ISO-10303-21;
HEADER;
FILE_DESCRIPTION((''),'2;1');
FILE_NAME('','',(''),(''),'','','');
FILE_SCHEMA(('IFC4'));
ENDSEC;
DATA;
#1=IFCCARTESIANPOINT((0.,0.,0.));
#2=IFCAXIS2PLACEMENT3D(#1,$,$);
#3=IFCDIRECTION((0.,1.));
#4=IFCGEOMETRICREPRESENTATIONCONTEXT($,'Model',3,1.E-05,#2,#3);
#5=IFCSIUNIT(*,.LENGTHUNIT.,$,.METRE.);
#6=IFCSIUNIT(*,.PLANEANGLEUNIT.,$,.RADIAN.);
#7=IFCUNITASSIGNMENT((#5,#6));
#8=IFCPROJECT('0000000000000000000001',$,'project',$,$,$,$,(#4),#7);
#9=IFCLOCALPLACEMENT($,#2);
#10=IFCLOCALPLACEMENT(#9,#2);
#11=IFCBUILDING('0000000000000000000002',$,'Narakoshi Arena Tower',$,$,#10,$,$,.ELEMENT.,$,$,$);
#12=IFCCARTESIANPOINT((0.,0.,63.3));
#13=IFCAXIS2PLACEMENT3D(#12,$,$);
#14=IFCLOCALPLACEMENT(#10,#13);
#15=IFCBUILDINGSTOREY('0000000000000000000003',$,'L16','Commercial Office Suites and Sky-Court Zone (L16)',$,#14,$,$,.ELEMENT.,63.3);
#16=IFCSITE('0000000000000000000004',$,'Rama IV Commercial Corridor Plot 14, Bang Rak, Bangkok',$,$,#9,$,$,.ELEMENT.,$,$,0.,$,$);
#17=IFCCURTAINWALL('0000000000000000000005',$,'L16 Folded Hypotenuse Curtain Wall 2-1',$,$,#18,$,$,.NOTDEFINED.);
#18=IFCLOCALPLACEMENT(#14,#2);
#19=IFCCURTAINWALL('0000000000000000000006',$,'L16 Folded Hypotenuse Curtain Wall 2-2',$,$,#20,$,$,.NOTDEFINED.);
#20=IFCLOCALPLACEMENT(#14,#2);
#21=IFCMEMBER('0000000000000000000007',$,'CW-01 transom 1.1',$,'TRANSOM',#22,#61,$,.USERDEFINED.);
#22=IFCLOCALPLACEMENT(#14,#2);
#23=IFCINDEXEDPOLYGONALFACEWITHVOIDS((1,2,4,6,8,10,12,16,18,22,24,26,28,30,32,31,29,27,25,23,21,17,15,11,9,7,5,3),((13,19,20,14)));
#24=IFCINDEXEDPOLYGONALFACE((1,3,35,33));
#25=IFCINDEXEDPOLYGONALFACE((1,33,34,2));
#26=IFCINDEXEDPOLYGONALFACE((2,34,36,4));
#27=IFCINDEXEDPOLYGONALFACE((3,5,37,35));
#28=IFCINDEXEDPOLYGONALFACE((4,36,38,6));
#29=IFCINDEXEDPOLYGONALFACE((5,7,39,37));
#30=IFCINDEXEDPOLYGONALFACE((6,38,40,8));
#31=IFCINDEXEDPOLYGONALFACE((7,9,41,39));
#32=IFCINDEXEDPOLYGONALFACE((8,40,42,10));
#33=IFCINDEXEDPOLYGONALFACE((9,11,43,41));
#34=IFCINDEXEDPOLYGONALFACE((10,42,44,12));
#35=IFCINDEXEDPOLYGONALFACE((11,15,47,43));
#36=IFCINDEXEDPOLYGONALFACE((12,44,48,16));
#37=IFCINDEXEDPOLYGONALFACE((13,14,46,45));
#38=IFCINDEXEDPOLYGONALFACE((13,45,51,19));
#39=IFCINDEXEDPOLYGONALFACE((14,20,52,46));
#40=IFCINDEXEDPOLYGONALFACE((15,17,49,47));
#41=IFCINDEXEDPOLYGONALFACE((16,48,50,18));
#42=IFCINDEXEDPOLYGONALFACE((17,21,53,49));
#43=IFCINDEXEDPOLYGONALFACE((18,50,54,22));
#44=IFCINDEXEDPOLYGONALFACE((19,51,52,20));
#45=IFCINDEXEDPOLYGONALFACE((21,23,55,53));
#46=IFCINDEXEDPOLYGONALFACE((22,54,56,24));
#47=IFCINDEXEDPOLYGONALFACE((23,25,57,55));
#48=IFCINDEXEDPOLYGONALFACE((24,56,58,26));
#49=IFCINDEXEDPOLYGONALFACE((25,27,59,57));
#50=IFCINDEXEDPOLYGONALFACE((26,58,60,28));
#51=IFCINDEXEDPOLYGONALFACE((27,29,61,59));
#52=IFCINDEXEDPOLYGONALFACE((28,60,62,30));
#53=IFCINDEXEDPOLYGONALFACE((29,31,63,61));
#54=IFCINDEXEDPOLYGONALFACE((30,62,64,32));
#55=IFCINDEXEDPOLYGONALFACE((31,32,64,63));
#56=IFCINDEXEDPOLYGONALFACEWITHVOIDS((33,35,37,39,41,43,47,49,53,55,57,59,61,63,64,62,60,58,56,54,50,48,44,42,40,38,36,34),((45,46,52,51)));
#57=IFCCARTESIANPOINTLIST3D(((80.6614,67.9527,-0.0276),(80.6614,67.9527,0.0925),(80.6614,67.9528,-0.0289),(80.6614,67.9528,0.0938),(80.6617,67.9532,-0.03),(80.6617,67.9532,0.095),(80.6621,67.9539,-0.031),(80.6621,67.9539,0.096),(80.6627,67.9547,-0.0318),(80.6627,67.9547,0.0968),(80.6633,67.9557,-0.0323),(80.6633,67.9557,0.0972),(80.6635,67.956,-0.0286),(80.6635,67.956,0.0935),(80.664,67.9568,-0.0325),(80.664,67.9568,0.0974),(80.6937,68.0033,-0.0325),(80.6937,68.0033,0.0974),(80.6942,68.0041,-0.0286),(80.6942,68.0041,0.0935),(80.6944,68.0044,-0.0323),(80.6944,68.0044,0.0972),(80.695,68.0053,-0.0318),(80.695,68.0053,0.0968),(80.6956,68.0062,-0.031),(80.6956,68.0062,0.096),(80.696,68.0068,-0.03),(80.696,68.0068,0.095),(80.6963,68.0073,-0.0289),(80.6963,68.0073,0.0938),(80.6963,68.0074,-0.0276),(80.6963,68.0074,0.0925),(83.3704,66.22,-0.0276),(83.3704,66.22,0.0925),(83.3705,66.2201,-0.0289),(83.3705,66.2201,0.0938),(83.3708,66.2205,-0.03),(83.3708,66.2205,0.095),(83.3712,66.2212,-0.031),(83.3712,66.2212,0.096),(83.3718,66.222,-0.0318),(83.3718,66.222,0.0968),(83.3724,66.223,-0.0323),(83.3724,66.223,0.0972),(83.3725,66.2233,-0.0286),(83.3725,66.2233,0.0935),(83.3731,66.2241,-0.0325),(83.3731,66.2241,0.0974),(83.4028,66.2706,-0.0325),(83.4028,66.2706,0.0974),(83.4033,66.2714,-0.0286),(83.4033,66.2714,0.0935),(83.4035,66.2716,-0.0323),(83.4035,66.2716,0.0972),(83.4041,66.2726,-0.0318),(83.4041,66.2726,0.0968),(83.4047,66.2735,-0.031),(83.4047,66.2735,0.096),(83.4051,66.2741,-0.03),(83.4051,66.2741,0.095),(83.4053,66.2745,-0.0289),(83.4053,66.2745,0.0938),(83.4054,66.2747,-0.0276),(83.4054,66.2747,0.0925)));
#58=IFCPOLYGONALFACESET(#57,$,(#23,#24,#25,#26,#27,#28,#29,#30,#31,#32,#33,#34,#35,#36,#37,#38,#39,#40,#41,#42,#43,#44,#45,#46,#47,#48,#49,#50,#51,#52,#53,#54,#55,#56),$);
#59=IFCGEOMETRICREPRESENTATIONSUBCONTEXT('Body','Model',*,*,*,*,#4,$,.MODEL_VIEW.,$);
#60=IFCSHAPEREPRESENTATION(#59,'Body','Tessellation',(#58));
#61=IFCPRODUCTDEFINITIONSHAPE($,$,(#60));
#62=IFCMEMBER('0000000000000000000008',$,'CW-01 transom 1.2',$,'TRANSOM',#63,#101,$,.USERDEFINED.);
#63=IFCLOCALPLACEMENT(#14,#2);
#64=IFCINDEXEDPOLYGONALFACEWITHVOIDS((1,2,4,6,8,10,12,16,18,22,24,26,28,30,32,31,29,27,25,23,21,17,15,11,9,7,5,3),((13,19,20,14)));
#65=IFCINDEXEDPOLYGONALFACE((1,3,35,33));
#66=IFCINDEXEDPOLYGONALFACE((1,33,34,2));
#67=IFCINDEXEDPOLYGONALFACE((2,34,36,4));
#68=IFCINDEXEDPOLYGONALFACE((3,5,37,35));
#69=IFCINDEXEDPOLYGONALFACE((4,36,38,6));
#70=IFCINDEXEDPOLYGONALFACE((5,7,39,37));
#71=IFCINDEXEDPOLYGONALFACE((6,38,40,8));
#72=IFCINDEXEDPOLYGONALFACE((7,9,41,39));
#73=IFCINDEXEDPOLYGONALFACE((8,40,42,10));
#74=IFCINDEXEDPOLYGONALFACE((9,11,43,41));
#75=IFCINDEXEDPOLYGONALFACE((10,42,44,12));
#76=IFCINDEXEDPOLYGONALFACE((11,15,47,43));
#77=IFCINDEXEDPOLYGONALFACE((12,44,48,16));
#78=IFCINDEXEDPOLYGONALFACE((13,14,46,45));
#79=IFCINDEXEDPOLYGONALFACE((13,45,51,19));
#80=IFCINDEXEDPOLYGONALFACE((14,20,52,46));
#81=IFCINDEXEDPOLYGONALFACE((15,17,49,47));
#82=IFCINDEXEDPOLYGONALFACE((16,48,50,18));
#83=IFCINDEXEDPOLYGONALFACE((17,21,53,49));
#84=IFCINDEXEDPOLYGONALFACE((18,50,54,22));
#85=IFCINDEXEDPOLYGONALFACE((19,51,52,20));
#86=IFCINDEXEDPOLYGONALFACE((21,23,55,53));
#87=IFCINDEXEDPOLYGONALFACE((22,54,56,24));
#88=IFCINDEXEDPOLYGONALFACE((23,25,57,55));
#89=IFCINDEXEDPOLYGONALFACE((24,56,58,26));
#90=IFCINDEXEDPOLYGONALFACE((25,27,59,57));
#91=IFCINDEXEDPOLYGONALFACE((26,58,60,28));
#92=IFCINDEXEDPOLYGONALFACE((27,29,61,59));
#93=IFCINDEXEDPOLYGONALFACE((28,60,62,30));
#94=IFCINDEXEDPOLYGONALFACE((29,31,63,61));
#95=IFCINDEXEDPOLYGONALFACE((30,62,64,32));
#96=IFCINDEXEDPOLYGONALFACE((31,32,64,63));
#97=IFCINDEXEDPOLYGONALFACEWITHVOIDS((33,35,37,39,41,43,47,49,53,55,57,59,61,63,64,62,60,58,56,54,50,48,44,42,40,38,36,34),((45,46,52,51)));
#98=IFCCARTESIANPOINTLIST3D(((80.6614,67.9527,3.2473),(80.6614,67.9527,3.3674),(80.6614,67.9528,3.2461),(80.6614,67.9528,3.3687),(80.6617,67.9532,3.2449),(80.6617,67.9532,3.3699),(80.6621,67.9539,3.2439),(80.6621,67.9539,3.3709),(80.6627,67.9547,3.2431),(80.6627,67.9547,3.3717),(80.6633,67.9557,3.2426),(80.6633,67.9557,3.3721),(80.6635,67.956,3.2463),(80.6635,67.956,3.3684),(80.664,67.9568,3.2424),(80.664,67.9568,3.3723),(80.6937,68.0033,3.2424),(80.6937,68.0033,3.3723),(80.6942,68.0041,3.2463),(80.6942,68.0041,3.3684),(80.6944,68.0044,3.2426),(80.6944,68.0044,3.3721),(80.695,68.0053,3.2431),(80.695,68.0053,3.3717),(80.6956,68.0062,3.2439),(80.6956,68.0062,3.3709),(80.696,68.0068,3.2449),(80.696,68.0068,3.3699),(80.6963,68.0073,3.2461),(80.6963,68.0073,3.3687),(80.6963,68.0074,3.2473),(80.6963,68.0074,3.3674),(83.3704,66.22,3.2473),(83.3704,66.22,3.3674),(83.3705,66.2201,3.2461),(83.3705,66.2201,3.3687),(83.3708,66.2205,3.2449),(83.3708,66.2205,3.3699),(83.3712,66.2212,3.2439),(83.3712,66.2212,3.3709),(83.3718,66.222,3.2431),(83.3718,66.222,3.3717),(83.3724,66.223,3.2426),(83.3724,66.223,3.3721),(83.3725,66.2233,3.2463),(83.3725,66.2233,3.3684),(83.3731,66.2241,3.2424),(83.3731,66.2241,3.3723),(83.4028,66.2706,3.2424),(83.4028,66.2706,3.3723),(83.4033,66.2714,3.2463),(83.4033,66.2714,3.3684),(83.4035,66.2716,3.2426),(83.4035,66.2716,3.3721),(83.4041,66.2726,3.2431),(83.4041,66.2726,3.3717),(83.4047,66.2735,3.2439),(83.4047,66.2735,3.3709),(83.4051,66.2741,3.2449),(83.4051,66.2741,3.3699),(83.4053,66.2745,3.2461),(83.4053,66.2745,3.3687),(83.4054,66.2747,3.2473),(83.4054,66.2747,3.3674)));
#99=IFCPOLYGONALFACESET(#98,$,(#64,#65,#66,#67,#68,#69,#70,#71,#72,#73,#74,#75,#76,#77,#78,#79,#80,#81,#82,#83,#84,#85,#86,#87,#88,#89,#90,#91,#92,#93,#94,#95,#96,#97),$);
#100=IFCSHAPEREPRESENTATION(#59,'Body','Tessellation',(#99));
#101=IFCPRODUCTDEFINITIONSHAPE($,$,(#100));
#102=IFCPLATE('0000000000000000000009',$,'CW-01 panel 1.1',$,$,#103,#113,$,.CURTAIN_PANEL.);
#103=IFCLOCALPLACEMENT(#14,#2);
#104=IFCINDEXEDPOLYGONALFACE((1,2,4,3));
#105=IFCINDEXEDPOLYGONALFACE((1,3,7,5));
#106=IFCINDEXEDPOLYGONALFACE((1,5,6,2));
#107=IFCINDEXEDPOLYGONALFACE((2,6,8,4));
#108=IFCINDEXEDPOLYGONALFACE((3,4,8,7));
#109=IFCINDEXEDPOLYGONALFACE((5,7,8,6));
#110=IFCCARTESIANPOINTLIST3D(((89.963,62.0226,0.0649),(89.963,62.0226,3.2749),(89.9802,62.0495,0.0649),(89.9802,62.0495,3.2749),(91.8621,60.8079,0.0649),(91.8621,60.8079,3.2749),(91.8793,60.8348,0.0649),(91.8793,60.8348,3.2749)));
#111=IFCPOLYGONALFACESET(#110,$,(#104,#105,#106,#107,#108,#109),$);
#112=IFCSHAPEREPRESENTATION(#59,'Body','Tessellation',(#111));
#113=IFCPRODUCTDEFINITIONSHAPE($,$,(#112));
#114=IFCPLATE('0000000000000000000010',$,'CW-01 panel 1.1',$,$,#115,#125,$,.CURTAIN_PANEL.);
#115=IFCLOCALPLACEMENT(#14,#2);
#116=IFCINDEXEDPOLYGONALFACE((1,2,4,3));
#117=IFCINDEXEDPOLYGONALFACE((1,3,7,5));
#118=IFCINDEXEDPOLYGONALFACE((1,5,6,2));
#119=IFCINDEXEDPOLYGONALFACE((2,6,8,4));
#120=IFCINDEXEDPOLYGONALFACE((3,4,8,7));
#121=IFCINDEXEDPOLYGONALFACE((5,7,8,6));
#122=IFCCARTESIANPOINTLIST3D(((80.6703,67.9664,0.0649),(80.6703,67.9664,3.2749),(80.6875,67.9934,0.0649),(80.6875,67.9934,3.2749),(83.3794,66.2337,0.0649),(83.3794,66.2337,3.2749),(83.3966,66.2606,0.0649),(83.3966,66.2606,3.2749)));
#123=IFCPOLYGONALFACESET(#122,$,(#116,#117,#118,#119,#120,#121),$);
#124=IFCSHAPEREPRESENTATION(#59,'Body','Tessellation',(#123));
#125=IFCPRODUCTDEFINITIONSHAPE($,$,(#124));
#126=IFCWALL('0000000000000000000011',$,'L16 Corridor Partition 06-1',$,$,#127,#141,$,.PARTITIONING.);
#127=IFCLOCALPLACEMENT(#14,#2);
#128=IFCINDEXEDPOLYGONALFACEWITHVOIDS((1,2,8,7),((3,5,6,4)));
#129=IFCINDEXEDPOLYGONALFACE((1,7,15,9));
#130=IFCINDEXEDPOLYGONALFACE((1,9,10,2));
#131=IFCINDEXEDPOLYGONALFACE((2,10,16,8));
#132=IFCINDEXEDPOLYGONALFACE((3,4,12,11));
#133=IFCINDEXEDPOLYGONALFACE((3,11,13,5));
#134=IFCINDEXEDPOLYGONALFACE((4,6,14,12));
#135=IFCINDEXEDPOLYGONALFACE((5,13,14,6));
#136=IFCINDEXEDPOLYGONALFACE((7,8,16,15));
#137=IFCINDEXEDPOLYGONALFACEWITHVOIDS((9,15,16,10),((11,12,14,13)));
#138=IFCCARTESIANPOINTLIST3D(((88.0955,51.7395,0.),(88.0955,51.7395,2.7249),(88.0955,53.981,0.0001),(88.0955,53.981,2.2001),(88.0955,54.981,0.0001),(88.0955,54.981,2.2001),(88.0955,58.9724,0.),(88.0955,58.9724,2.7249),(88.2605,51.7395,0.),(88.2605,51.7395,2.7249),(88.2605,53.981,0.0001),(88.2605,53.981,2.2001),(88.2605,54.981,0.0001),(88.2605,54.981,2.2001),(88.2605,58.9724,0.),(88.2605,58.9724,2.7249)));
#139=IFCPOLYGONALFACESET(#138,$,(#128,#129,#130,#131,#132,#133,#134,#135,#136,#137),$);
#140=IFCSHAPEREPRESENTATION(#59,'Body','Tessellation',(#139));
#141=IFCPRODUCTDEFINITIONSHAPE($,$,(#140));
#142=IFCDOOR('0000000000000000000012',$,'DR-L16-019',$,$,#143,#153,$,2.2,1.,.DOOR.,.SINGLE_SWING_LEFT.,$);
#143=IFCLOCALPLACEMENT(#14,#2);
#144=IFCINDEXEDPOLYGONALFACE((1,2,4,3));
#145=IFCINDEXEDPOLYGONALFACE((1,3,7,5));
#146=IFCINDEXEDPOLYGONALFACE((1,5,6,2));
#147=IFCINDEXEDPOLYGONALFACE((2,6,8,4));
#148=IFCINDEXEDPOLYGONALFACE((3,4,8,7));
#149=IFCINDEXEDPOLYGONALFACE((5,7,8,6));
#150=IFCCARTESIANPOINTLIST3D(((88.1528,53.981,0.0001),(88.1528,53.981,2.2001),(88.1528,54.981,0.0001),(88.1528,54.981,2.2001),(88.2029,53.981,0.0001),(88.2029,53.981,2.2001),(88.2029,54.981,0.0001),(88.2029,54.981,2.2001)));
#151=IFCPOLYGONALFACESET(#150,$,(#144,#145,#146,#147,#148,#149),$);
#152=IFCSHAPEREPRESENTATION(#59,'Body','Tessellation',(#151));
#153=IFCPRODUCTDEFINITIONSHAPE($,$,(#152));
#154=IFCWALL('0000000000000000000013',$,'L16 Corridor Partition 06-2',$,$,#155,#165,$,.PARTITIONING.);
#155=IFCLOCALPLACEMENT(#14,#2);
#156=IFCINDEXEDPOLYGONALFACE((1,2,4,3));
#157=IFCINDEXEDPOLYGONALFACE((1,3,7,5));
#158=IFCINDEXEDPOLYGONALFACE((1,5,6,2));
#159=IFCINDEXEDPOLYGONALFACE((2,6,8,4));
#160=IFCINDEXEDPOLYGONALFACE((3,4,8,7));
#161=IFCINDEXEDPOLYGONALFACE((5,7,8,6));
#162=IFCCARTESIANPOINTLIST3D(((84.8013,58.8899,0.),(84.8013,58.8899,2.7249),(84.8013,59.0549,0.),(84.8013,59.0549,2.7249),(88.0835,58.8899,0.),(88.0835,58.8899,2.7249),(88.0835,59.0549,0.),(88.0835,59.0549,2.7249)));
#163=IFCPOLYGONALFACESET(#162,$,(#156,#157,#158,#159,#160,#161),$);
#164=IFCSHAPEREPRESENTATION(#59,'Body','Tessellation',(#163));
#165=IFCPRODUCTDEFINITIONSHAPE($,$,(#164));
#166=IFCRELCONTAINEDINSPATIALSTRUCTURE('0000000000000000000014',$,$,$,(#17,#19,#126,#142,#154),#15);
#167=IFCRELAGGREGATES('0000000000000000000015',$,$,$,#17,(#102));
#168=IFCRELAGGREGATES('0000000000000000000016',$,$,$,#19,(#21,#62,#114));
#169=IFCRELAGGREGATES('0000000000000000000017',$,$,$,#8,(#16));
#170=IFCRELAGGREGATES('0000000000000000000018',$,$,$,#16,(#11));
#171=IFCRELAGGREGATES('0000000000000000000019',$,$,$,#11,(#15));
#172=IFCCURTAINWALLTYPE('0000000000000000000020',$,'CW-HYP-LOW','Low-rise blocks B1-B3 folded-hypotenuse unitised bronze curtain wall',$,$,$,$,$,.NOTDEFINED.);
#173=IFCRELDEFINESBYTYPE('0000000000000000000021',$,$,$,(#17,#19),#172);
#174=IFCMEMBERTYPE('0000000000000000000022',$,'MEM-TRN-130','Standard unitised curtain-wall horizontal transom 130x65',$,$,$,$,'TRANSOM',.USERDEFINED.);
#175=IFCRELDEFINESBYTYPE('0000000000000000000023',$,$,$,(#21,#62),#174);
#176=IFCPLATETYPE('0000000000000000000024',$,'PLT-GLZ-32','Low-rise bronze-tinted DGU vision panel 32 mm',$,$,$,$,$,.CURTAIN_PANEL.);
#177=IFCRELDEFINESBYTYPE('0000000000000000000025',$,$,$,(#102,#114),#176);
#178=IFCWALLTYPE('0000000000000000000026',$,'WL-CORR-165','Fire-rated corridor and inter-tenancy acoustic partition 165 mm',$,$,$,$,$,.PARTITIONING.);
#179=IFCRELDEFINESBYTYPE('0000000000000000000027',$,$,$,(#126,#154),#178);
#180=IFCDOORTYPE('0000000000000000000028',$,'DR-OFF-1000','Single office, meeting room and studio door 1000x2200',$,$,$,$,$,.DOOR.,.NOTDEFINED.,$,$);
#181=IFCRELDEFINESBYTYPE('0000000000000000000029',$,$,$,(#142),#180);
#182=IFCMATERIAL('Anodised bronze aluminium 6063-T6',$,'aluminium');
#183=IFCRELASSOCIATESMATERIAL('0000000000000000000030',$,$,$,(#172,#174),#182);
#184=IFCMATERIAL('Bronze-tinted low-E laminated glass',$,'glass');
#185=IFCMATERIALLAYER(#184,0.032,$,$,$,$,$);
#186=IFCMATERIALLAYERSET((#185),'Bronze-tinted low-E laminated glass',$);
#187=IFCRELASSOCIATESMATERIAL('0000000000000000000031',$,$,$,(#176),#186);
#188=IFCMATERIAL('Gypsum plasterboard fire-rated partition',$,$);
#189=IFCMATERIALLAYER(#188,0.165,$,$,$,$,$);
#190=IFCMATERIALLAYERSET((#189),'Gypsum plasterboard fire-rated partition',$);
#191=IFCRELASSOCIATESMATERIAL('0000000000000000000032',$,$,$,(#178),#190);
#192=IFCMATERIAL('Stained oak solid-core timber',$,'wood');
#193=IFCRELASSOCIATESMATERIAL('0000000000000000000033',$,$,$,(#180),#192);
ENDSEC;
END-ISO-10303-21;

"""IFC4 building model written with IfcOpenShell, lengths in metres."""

from ifc_helpers import new_model, si_unit, direction, frame, frame_2d, origin, origin_2d, place, context, subcontext, project, spatial, rectangle, hollow_rectangle, extrude, material, layer, layer_set, material_profile, profile_set, type_object, element, fill, aggregate, save


model = new_model("IFC4")

# Units and contexts
model_context = context("Model", 3, precision=1e-05, world=origin(), true_north=direction((0.0, 1.0)))
body_context = subcontext(model_context, "Body", "Model", "MODEL_VIEW")
ifc_project = project(units=[si_unit("LENGTHUNIT", "METRE"), si_unit("PLANEANGLEUNIT", "RADIAN")], contexts=[model_context])

# Site, building, storey
site_placement = place(None, origin())
site = spatial("IfcSite", under=ifc_project, at=site_placement, Name="Rama IV Commercial Corridor Plot 14, Bang Rak, Bangkok", CompositionType="ELEMENT", RefElevation=0.0)
building_placement = place(site_placement, origin())
building = spatial("IfcBuilding", under=site, at=building_placement, Name="Narakoshi Arena Tower", CompositionType="ELEMENT")
storey_placement = place(building_placement, frame((0.0, 0.0, 63.3)))
storey = spatial("IfcBuildingStorey", under=building, at=storey_placement, Name="L16", Description="Commercial Office Suites and Sky-Court Zone (L16)", CompositionType="ELEMENT", Elevation=63.3)

# Curtain walls
ifc_material_1 = material(Name="Anodised bronze aluminium 6063-T6", Category="aluminium")
curtain_wall_type = type_object("IfcCurtainWallType", Name="CW-HYP-LOW", Description="Low-rise blocks B1-B3 folded-hypotenuse unitised bronze curtain wall", PredefinedType="NOTDEFINED", material=ifc_material_1)
curtain_wall_1_placement = place(storey_placement, origin())
curtain_wall_1 = element("IfcCurtainWall", 1, at=curtain_wall_1_placement, inside=storey, type_object=curtain_wall_type, Name="L16 Folded Hypotenuse Curtain Wall 2-1", PredefinedType="NOTDEFINED")
curtain_wall_2_placement = place(storey_placement, origin())
curtain_wall_2 = element("IfcCurtainWall", 2, at=curtain_wall_2_placement, inside=storey, type_object=curtain_wall_type, Name="L16 Folded Hypotenuse Curtain Wall 2-2", PredefinedType="NOTDEFINED")

# Members
ifc_material_profile_1 = material_profile(ifc_material_1, hollow_rectangle(XDim=0.0649, YDim=0.1299, WallThickness=0.0039, OuterFilletRadius=0.0049, at=origin_2d()), Name="TRN130x65x4")
ifc_profile_set_1 = profile_set([ifc_material_profile_1], Name="Anodised bronze aluminium 6063-T6")
member_type_1 = type_object("IfcMemberType", Name="MEM-TRN-130", Description="Standard unitised curtain-wall horizontal transom 130x65", ElementType="TRANSOM", PredefinedType="USERDEFINED", material=ifc_profile_set_1)
member_1_placement = place(storey_placement, frame((83.3879, 66.2473, 0.0325), z_axis=(-0.842424, 0.538815, 0.0), x_axis=(-0.538815, -0.842424, 0.0)))
member_1 = element("IfcMember", 3, at=member_1_placement, type_object=member_type_1, Name="CW-01 transom 1.1", ObjectType="TRANSOM", PredefinedType="USERDEFINED", context=body_context, shape_type="SweptSolid", body=[
    extrude(hollow_rectangle(XDim=0.0649, YDim=0.1299, WallThickness=0.0039, OuterFilletRadius=0.0049, at=origin_2d()), origin(), (0.0, 0.0, 1.0), 3.2158),
])
member_2_placement = place(storey_placement, frame((83.3879, 66.2473, 3.3074), z_axis=(-0.842424, 0.538815, 0.0), x_axis=(-0.538815, -0.842424, 0.0)))
member_2 = element("IfcMember", 4, at=member_2_placement, type_object=member_type_1, Name="CW-01 transom 1.2", ObjectType="TRANSOM", PredefinedType="USERDEFINED", context=body_context, shape_type="SweptSolid", body=[
    extrude(hollow_rectangle(XDim=0.0649, YDim=0.1299, WallThickness=0.0039, OuterFilletRadius=0.0049, at=origin_2d()), origin(), (0.0, 0.0, 1.0), 3.2158),
])

# Plates
ifc_material_2 = material(Name="Bronze-tinted low-E laminated glass", Category="glass")
ifc_layer_1 = layer(ifc_material_2, 0.032)
ifc_layer_set_1 = layer_set([ifc_layer_1], Name="Bronze-tinted low-E laminated glass")
plate_type = type_object("IfcPlateType", Name="PLT-GLZ-32", Description="Low-rise bronze-tinted DGU vision panel 32 mm", PredefinedType="CURTAIN_PANEL", material=ifc_layer_set_1)
plate_1_placement = place(storey_placement, frame((90.9211, 61.4287, 0.0649), z_axis=(0.0, 0.0, 1.0), x_axis=(-0.842419, 0.538822, 0.0)))
plate_1 = element("IfcPlate", 5, at=plate_1_placement, type_object=plate_type, Name="CW-01 panel 1.1", PredefinedType="CURTAIN_PANEL", context=body_context, shape_type="SweptSolid", body=[
    extrude(rectangle(XDim=2.2544, YDim=0.032, at=origin_2d()), origin(), (0.0, 0.0, 1.0), 3.21),
])
aggregate(curtain_wall_1, [plate_1])
plate_2_placement = place(storey_placement, frame((82.0334, 67.1135, 0.0649), z_axis=(0.0, 0.0, 1.0), x_axis=(-0.842415, 0.538829, 0.0)))
plate_2 = element("IfcPlate", 6, at=plate_2_placement, type_object=plate_type, Name="CW-01 panel 1.1", PredefinedType="CURTAIN_PANEL", context=body_context, shape_type="SweptSolid", body=[
    extrude(rectangle(XDim=3.2158, YDim=0.032, at=origin_2d()), origin(), (0.0, 0.0, 1.0), 3.21),
])
aggregate(curtain_wall_2, [member_1, member_2, plate_2])

# Wall, opening, door
ifc_material_3 = material(Name="Gypsum plasterboard fire-rated partition")
ifc_layer_2 = layer(ifc_material_3, 0.165)
ifc_layer_set_2 = layer_set([ifc_layer_2], Name="Gypsum plasterboard fire-rated partition")
wall_type_1 = type_object("IfcWallType", Name="WL-CORR-165", Description="Fire-rated corridor and inter-tenancy acoustic partition 165 mm", PredefinedType="PARTITIONING", material=ifc_layer_set_2)
wall_1_placement = place(storey_placement, frame((88.178, 51.7395, 0.0), z_axis=(0.0, 0.0, 1.0), x_axis=(0.0, 1.0, 0.0)))
wall_1 = element("IfcWall", 7, at=wall_1_placement, inside=storey, type_object=wall_type_1, Name="L16 Corridor Partition 06-1", PredefinedType="PARTITIONING", context=body_context, shape_type="SweptSolid", body=[
    extrude(rectangle(XDim=7.2329, YDim=0.165, at=frame_2d((3.6165, 0.0))), origin(), (0.0, 0.0, 1.0), 2.7249),
])
opening_1_placement = place(wall_1_placement, frame((2.2415, 0.0, 0.0)))
opening_1 = element("IfcOpeningElement", 8, at=opening_1_placement, cuts=wall_1, PredefinedType="OPENING", context=body_context, shape_type="SweptSolid", body=[
    extrude(rectangle(XDim=1.0, YDim=2.2, at=frame_2d((0.5, 1.1001))), frame((0.0, 0.0925, 0.0), z_axis=(0.0, -1.0, 0.0), x_axis=(1.0, 0.0, 0.0)), (0.0, 0.0, 1.0), 0.1851),
])
ifc_material_4 = material(Name="Stained oak solid-core timber", Category="wood")
door_type = type_object("IfcDoorType", Name="DR-OFF-1000", Description="Single office, meeting room and studio door 1000x2200", OperationType="NOTDEFINED", PredefinedType="DOOR", material=ifc_material_4)
door_1_placement = place(opening_1_placement, frame((1.0, 0.0, 0.0), z_axis=(0.0, 0.0, 1.0), x_axis=(-1.0, 0.0, 0.0)))
door_1 = element("IfcDoor", 9, at=door_1_placement, inside=storey, type_object=door_type, Name="DR-L16-019", OperationType="SINGLE_SWING_LEFT", OverallHeight=2.2, OverallWidth=1.0, PredefinedType="DOOR", context=body_context, shape_type="SweptSolid", body=[
    extrude(rectangle(XDim=1.0, YDim=2.2, at=frame_2d((0.5, 1.1001))), frame((0.0, 0.0249, 0.0), z_axis=(0.0, -1.0, 0.0), x_axis=(1.0, 0.0, 0.0)), (0.0, 0.0, 1.0), 0.05),
])
fill(opening_1, door_1)

# Wall
wall_2_placement = place(storey_placement, frame((88.0835, 58.9724, 0.0), z_axis=(0.0, 0.0, 1.0), x_axis=(-1.0, 0.0, 0.0)))
element("IfcWall", 10, at=wall_2_placement, inside=storey, type_object=wall_type_1, Name="L16 Corridor Partition 06-2", PredefinedType="PARTITIONING", context=body_context, shape_type="SweptSolid", body=[
    extrude(rectangle(XDim=3.2822, YDim=0.165, at=frame_2d((1.6411, 0.0))), origin(), (0.0, 0.0, 1.0), 2.7249),
])

save(model, "model.ifc")
